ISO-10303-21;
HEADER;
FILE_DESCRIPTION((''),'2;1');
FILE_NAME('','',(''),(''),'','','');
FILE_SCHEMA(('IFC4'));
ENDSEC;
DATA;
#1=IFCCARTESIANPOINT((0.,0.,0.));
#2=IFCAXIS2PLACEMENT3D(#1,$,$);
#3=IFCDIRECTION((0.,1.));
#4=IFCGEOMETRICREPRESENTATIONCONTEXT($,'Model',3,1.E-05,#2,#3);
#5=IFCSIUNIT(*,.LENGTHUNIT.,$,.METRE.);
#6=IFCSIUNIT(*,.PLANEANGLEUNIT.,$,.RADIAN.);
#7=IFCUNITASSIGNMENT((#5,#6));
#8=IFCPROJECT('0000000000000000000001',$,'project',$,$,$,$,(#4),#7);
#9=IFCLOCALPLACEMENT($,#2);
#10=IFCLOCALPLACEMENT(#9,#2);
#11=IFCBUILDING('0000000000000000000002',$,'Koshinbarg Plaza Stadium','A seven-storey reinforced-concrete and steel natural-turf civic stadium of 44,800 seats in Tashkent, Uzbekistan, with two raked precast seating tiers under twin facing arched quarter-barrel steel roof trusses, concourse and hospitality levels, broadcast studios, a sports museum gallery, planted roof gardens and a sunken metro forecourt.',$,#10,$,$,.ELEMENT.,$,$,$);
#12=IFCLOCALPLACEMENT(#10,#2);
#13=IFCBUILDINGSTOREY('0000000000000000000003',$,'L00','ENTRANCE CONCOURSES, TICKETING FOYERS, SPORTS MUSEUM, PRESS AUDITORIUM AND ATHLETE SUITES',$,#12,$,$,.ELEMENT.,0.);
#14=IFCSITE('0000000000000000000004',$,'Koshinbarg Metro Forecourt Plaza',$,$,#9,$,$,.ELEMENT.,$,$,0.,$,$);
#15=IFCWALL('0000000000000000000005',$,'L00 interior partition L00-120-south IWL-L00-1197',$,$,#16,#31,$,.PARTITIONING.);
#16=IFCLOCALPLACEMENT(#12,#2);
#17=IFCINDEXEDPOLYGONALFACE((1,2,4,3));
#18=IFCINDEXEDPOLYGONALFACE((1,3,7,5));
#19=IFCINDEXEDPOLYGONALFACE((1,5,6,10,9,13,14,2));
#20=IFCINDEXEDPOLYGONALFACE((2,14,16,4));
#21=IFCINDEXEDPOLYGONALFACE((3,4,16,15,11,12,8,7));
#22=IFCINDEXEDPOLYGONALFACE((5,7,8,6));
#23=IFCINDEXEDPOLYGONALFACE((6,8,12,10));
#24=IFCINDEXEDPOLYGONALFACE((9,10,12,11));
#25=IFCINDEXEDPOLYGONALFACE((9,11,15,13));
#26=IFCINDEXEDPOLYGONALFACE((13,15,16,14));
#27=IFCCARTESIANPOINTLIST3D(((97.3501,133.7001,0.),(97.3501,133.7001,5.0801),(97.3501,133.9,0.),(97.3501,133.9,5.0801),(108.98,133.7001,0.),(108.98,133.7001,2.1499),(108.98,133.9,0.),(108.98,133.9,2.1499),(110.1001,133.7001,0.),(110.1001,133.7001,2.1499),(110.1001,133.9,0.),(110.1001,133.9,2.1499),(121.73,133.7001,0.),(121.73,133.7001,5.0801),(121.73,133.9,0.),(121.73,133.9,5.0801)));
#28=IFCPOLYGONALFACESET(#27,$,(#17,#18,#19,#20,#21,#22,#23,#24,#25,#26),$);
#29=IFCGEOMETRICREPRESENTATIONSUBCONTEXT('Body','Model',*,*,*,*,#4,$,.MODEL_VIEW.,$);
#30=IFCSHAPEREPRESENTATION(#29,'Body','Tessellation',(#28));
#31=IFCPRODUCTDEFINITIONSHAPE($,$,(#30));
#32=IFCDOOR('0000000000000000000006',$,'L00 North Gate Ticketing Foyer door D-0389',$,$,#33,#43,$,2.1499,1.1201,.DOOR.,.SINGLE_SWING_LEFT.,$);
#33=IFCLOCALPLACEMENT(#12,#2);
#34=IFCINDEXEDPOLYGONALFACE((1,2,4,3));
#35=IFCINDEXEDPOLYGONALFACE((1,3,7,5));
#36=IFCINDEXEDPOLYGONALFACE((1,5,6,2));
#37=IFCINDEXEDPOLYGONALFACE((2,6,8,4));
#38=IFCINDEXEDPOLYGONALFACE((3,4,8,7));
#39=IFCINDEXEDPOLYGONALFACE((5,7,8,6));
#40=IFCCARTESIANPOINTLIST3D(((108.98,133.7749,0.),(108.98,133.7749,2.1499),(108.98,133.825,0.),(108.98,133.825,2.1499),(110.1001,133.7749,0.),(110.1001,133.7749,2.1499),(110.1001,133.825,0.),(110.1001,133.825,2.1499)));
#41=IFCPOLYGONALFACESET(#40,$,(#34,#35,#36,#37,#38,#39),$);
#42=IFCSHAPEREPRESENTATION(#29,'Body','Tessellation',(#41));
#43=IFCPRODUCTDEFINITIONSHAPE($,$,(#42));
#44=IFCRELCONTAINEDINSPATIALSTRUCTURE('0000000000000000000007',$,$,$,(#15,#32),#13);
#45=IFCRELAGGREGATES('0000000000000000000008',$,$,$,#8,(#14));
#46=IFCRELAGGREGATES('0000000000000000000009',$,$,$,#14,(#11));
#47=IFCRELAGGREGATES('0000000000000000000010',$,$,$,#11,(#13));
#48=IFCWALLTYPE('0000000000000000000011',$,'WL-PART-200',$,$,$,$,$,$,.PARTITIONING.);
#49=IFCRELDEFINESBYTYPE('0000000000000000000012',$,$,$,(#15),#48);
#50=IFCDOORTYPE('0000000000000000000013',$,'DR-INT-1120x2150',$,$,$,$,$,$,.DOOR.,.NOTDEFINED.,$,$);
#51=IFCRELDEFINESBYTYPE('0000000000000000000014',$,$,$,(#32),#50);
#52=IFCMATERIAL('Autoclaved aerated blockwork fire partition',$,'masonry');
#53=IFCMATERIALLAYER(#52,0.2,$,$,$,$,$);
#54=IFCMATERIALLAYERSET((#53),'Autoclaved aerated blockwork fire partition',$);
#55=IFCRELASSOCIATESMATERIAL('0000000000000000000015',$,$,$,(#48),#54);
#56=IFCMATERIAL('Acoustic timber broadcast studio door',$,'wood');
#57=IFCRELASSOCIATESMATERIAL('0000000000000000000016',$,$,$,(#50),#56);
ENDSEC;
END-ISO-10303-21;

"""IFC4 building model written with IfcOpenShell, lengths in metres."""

from ifc_helpers import new_model, si_unit, direction, frame, frame_2d, origin, place, context, subcontext, project, spatial, rectangle, extrude, material, layer, layer_set, type_object, element, fill, save


model = new_model("IFC4")

# Units and contexts
model_context = context("Model", 3, precision=1e-05, world=origin(), true_north=direction((0.0, 1.0)))
body_context = subcontext(model_context, "Body", "Model", "MODEL_VIEW")
ifc_project = project(units=[si_unit("LENGTHUNIT", "METRE"), si_unit("PLANEANGLEUNIT", "RADIAN")], contexts=[model_context])

# Site, building, storey
site_placement = place(None, origin())
site = spatial("IfcSite", under=ifc_project, at=site_placement, Name="Koshinbarg Metro Forecourt Plaza", CompositionType="ELEMENT", RefElevation=0.0)
building_placement = place(site_placement, origin())
building = spatial("IfcBuilding", under=site, at=building_placement, Name="Koshinbarg Plaza Stadium", Description="A seven-storey reinforced-concrete and steel natural-turf civic stadium of 44,800 seats in Tashkent, Uzbekistan, with two raked precast seating tiers under twin facing arched quarter-barrel steel roof trusses, concourse and hospitality levels, broadcast studios, a sports museum gallery, planted roof gardens and a sunken metro forecourt.", CompositionType="ELEMENT")
storey_placement = place(building_placement, origin())
storey = spatial("IfcBuildingStorey", under=building, at=storey_placement, Name="L00", Description="ENTRANCE CONCOURSES, TICKETING FOYERS, SPORTS MUSEUM, PRESS AUDITORIUM AND ATHLETE SUITES", CompositionType="ELEMENT", Elevation=0.0)

# Shared definitions
ifc_material_1 = material(Name="Autoclaved aerated blockwork fire partition", Category="masonry")
ifc_layer_1 = layer(ifc_material_1, 0.2)
ifc_layer_set_1 = layer_set([ifc_layer_1], Name="Autoclaved aerated blockwork fire partition")
wall_type_1 = type_object("IfcWallType", Name="WL-PART-200", PredefinedType="PARTITIONING", material=ifc_layer_set_1)

# Wall, opening, door
wall_1_placement = place(storey_placement, frame((97.3501, 133.8, 0.0), z_axis=(0.0, 0.0, 1.0), x_axis=(1.0, 0.0, 0.0)))
wall_1 = element("IfcWall", 1, at=wall_1_placement, inside=storey, type_object=wall_type_1, Name="L00 interior partition L00-120-south IWL-L00-1197", PredefinedType="PARTITIONING", context=body_context, shape_type="SweptSolid", body=[
    extrude(rectangle(XDim=24.3799, YDim=0.2, at=frame_2d((12.1899, 0.0))), origin(), (0.0, 0.0, 1.0), 5.0801),
])
opening_1_placement = place(wall_1_placement, frame((11.6299, 0.0, 0.0)))
opening_1 = element("IfcOpeningElement", 2, at=opening_1_placement, cuts=wall_1, PredefinedType="OPENING", context=body_context, shape_type="SweptSolid", body=[
    extrude(rectangle(XDim=1.1201, YDim=2.1499, at=frame_2d((0.5601, 1.075))), frame((0.0, 0.1099, 0.0), z_axis=(0.0, -1.0, 0.0), x_axis=(1.0, 0.0, 0.0)), (0.0, 0.0, 1.0), 0.22),
])
ifc_material_2 = material(Name="Acoustic timber broadcast studio door", Category="wood")
door_type_1 = type_object("IfcDoorType", Name="DR-INT-1120x2150", OperationType="NOTDEFINED", PredefinedType="DOOR", material=ifc_material_2)
door_1_placement = place(opening_1_placement, origin())
door_1 = element("IfcDoor", 3, at=door_1_placement, inside=storey, type_object=door_type_1, Name="L00 North Gate Ticketing Foyer door D-0389", OperationType="SINGLE_SWING_LEFT", OverallHeight=2.1499, OverallWidth=1.1201, PredefinedType="DOOR", context=body_context, shape_type="SweptSolid", body=[
    extrude(rectangle(XDim=1.1201, YDim=2.1499, at=frame_2d((0.5601, 1.075))), frame((0.0, 0.0249, 0.0), z_axis=(0.0, -1.0, 0.0), x_axis=(1.0, 0.0, 0.0)), (0.0, 0.0, 1.0), 0.05),
])
fill(opening_1, door_1)

save(model, "model.ifc")
